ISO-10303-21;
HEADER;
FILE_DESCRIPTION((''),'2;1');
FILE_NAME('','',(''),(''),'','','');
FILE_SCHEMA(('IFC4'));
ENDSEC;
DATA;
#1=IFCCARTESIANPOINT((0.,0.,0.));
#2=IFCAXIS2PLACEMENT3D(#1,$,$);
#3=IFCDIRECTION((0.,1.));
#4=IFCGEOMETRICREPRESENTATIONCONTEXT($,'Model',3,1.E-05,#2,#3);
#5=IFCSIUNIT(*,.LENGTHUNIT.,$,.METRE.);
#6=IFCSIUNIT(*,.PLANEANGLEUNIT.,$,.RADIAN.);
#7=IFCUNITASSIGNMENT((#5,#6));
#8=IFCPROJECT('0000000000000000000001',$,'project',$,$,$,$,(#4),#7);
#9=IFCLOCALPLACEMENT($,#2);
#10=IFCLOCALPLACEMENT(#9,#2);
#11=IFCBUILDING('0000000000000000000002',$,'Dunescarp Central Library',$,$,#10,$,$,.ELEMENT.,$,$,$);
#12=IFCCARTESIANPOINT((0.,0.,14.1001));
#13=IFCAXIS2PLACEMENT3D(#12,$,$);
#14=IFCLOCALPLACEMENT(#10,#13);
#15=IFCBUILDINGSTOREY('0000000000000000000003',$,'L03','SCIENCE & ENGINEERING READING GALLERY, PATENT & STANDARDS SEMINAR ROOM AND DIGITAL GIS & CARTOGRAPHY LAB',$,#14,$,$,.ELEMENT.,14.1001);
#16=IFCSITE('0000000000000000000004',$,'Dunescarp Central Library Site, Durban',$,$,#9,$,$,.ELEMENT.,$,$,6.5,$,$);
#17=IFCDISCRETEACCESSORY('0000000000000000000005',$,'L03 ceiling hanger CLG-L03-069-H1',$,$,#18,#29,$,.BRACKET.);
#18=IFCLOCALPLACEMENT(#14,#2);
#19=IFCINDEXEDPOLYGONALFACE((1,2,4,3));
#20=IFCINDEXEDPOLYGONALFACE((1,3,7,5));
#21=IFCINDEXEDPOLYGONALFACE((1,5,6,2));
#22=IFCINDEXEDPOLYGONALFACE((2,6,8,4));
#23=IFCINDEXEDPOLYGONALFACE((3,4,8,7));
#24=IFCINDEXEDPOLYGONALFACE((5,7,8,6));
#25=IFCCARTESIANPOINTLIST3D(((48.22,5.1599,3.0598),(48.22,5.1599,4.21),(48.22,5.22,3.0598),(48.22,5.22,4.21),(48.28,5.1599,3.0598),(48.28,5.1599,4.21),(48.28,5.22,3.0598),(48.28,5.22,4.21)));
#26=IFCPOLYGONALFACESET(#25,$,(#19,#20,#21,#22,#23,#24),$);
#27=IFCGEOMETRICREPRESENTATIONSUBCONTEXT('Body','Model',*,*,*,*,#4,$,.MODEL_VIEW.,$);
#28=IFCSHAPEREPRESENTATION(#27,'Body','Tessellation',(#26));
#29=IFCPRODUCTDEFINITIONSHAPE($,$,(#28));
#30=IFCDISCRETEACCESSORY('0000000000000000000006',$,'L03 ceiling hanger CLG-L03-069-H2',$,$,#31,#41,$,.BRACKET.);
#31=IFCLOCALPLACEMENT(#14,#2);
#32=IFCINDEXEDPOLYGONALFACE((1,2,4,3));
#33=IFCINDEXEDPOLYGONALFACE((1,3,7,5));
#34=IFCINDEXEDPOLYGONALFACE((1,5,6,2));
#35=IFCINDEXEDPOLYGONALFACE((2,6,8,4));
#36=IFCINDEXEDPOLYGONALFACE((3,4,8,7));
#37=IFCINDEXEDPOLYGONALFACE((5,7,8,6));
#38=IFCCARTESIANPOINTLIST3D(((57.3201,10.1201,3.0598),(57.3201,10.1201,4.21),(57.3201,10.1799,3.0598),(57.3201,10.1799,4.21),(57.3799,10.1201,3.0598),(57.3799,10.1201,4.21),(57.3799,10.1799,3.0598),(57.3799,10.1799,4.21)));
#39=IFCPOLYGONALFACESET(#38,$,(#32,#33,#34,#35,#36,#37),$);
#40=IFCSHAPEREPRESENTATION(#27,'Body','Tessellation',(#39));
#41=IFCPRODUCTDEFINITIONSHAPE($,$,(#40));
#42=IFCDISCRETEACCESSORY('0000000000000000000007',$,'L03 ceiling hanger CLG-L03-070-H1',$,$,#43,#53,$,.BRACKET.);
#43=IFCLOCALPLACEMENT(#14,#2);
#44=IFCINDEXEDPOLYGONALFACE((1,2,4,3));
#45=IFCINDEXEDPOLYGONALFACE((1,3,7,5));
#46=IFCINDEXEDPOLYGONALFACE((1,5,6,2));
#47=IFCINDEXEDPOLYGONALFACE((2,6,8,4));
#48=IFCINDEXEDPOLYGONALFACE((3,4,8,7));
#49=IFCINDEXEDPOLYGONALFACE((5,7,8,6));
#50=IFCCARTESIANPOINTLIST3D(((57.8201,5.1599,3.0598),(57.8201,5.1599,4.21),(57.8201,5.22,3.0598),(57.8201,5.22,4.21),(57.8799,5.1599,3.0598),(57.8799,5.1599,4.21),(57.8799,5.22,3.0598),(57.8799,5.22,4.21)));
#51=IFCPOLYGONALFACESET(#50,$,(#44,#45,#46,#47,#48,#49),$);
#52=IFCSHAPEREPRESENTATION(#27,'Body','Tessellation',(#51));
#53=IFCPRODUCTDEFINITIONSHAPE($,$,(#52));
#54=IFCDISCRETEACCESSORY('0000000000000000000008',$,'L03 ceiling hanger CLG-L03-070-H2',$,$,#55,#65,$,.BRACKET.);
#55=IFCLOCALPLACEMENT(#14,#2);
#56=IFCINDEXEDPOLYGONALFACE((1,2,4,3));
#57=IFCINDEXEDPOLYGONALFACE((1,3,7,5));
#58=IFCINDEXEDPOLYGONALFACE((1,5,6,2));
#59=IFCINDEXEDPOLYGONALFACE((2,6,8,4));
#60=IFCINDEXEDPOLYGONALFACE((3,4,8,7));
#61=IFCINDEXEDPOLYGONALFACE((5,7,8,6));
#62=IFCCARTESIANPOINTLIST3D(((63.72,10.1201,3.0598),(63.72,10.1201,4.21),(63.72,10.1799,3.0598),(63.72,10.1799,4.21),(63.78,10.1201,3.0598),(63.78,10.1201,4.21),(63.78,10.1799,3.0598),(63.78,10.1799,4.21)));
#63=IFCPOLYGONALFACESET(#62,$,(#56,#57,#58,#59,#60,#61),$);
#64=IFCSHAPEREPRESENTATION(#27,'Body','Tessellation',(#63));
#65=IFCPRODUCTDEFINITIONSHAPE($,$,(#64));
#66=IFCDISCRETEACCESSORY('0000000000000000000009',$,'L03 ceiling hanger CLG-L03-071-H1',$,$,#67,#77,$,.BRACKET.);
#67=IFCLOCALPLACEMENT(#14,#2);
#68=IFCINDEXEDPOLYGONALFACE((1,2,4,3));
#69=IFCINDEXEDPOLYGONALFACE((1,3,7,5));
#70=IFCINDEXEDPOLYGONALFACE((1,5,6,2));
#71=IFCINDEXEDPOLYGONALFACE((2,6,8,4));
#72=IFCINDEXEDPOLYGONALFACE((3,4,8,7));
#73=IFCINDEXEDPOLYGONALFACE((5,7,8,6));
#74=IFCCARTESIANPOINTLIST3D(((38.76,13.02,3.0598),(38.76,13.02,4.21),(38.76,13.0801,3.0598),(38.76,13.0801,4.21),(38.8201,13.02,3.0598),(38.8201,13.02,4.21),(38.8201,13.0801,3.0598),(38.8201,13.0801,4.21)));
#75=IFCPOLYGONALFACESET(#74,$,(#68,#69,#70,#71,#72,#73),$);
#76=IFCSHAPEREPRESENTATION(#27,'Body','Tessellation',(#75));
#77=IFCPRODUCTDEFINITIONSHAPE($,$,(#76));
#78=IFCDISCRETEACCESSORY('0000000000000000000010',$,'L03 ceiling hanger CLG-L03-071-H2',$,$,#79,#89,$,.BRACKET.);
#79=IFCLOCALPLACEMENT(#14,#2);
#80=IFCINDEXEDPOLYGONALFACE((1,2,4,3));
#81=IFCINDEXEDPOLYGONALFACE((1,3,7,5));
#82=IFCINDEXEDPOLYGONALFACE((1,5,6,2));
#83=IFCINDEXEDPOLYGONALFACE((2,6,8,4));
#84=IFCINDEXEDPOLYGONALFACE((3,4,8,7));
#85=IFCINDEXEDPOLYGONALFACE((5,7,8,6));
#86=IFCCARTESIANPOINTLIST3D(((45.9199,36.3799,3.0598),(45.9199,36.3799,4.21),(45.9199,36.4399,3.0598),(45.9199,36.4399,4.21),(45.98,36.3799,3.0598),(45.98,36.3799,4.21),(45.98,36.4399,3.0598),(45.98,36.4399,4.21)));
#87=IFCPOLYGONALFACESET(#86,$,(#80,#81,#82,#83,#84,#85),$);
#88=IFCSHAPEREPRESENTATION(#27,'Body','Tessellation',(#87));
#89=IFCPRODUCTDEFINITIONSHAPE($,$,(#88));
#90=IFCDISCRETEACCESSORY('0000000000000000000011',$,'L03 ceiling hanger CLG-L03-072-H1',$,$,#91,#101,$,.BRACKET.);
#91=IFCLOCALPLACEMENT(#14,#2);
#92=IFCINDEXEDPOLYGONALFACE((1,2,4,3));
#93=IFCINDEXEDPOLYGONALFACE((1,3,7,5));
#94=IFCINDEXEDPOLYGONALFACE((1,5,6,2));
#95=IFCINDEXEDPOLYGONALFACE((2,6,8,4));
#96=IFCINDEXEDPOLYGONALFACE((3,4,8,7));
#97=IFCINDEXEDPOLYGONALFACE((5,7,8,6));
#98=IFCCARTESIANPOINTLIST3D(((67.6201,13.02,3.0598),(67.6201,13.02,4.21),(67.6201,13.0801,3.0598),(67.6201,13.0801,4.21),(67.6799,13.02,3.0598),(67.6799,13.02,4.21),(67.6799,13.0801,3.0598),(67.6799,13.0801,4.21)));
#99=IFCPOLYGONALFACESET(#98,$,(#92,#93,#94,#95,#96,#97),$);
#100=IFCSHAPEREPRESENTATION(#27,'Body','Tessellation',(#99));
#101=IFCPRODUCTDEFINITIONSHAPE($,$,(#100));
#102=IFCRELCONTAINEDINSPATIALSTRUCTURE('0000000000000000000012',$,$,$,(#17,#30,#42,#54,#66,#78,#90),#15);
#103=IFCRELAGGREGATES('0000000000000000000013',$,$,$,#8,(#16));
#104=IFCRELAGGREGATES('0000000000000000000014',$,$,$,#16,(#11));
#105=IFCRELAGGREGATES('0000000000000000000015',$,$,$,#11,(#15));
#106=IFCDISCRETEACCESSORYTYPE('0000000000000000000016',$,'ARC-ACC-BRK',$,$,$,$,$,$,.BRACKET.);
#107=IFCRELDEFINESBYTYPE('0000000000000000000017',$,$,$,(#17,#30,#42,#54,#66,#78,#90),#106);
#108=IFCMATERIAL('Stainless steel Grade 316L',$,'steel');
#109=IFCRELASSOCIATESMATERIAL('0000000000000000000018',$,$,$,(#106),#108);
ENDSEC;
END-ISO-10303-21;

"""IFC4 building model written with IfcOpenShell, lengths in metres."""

from ifc_helpers import new_model, si_unit, direction, frame, origin, place, context, subcontext, project, spatial, polyline, outline, extrude, material, type_object, element, save


model = new_model("IFC4")

# Units and contexts
model_context = context("Model", 3, precision=1e-05, world=origin(), true_north=direction((0.0, 1.0)))
body_context = subcontext(model_context, "Body", "Model", "MODEL_VIEW")
ifc_project = project(units=[si_unit("LENGTHUNIT", "METRE"), si_unit("PLANEANGLEUNIT", "RADIAN")], contexts=[model_context])

# Site, building, storey
site_placement = place(None, origin())
site = spatial("IfcSite", under=ifc_project, at=site_placement, Name="Dunescarp Central Library Site, Durban", CompositionType="ELEMENT", RefElevation=6.5)
building_placement = place(site_placement, origin())
building = spatial("IfcBuilding", under=site, at=building_placement, Name="Dunescarp Central Library", CompositionType="ELEMENT")
storey_placement = place(building_placement, frame((0.0, 0.0, 14.1001)))
storey = spatial("IfcBuildingStorey", under=building, at=storey_placement, Name="L03", Description="SCIENCE & ENGINEERING READING GALLERY, PATENT & STANDARDS SEMINAR ROOM AND DIGITAL GIS & CARTOGRAPHY LAB", CompositionType="ELEMENT", Elevation=14.1001)

# Discrete accessories
ifc_material = material(Name="Stainless steel Grade 316L", Category="steel")
discrete_accessory_type = type_object("IfcDiscreteAccessoryType", Name="ARC-ACC-BRK", PredefinedType="BRACKET", material=ifc_material)
discrete_accessory_1_placement = place(storey_placement, frame((0.0, 0.0, 3.0598)))
element("IfcDiscreteAccessory", 1, at=discrete_accessory_1_placement, inside=storey, type_object=discrete_accessory_type, Name="L03 ceiling hanger CLG-L03-069-H1", PredefinedType="BRACKET", context=body_context, shape_type="SweptSolid", body=[
    extrude(outline(polyline([(48.22, 5.1599), (48.28, 5.1599), (48.28, 5.22), (48.22, 5.22), (48.22, 5.1599)])), origin(), (0.0, 0.0, 1.0), 1.1501),
])
discrete_accessory_2_placement = place(storey_placement, frame((0.0, 0.0, 3.0598)))
element("IfcDiscreteAccessory", 2, at=discrete_accessory_2_placement, inside=storey, type_object=discrete_accessory_type, Name="L03 ceiling hanger CLG-L03-069-H2", PredefinedType="BRACKET", context=body_context, shape_type="SweptSolid", body=[
    extrude(outline(polyline([(57.3201, 10.1201), (57.3799, 10.1201), (57.3799, 10.1799), (57.3201, 10.1799), (57.3201, 10.1201)])), origin(), (0.0, 0.0, 1.0), 1.1501),
])
discrete_accessory_3_placement = place(storey_placement, frame((0.0, 0.0, 3.0598)))
element("IfcDiscreteAccessory", 3, at=discrete_accessory_3_placement, inside=storey, type_object=discrete_accessory_type, Name="L03 ceiling hanger CLG-L03-070-H1", PredefinedType="BRACKET", context=body_context, shape_type="SweptSolid", body=[
    extrude(outline(polyline([(57.8201, 5.1599), (57.8799, 5.1599), (57.8799, 5.22), (57.8201, 5.22), (57.8201, 5.1599)])), origin(), (0.0, 0.0, 1.0), 1.1501),
])
discrete_accessory_4_placement = place(storey_placement, frame((0.0, 0.0, 3.0598)))
element("IfcDiscreteAccessory", 4, at=discrete_accessory_4_placement, inside=storey, type_object=discrete_accessory_type, Name="L03 ceiling hanger CLG-L03-070-H2", PredefinedType="BRACKET", context=body_context, shape_type="SweptSolid", body=[
    extrude(outline(polyline([(63.72, 10.1201), (63.78, 10.1201), (63.78, 10.1799), (63.72, 10.1799), (63.72, 10.1201)])), origin(), (0.0, 0.0, 1.0), 1.1501),
])
discrete_accessory_5_placement = place(storey_placement, frame((0.0, 0.0, 3.0598)))
element("IfcDiscreteAccessory", 5, at=discrete_accessory_5_placement, inside=storey, type_object=discrete_accessory_type, Name="L03 ceiling hanger CLG-L03-071-H1", PredefinedType="BRACKET", context=body_context, shape_type="SweptSolid", body=[
    extrude(outline(polyline([(38.76, 13.02), (38.8201, 13.02), (38.8201, 13.0801), (38.76, 13.0801), (38.76, 13.02)])), origin(), (0.0, 0.0, 1.0), 1.1501),
])
discrete_accessory_6_placement = place(storey_placement, frame((0.0, 0.0, 3.0598)))
element("IfcDiscreteAccessory", 6, at=discrete_accessory_6_placement, inside=storey, type_object=discrete_accessory_type, Name="L03 ceiling hanger CLG-L03-071-H2", PredefinedType="BRACKET", context=body_context, shape_type="SweptSolid", body=[
    extrude(outline(polyline([(45.9199, 36.3799), (45.98, 36.3799), (45.98, 36.4399), (45.9199, 36.4399), (45.9199, 36.3799)])), origin(), (0.0, 0.0, 1.0), 1.1501),
])
discrete_accessory_7_placement = place(storey_placement, frame((0.0, 0.0, 3.0598)))
element("IfcDiscreteAccessory", 7, at=discrete_accessory_7_placement, inside=storey, type_object=discrete_accessory_type, Name="L03 ceiling hanger CLG-L03-072-H1", PredefinedType="BRACKET", context=body_context, shape_type="SweptSolid", body=[
    extrude(outline(polyline([(67.6201, 13.02), (67.6799, 13.02), (67.6799, 13.0801), (67.6201, 13.0801), (67.6201, 13.02)])), origin(), (0.0, 0.0, 1.0), 1.1501),
])

save(model, "model.ifc")
